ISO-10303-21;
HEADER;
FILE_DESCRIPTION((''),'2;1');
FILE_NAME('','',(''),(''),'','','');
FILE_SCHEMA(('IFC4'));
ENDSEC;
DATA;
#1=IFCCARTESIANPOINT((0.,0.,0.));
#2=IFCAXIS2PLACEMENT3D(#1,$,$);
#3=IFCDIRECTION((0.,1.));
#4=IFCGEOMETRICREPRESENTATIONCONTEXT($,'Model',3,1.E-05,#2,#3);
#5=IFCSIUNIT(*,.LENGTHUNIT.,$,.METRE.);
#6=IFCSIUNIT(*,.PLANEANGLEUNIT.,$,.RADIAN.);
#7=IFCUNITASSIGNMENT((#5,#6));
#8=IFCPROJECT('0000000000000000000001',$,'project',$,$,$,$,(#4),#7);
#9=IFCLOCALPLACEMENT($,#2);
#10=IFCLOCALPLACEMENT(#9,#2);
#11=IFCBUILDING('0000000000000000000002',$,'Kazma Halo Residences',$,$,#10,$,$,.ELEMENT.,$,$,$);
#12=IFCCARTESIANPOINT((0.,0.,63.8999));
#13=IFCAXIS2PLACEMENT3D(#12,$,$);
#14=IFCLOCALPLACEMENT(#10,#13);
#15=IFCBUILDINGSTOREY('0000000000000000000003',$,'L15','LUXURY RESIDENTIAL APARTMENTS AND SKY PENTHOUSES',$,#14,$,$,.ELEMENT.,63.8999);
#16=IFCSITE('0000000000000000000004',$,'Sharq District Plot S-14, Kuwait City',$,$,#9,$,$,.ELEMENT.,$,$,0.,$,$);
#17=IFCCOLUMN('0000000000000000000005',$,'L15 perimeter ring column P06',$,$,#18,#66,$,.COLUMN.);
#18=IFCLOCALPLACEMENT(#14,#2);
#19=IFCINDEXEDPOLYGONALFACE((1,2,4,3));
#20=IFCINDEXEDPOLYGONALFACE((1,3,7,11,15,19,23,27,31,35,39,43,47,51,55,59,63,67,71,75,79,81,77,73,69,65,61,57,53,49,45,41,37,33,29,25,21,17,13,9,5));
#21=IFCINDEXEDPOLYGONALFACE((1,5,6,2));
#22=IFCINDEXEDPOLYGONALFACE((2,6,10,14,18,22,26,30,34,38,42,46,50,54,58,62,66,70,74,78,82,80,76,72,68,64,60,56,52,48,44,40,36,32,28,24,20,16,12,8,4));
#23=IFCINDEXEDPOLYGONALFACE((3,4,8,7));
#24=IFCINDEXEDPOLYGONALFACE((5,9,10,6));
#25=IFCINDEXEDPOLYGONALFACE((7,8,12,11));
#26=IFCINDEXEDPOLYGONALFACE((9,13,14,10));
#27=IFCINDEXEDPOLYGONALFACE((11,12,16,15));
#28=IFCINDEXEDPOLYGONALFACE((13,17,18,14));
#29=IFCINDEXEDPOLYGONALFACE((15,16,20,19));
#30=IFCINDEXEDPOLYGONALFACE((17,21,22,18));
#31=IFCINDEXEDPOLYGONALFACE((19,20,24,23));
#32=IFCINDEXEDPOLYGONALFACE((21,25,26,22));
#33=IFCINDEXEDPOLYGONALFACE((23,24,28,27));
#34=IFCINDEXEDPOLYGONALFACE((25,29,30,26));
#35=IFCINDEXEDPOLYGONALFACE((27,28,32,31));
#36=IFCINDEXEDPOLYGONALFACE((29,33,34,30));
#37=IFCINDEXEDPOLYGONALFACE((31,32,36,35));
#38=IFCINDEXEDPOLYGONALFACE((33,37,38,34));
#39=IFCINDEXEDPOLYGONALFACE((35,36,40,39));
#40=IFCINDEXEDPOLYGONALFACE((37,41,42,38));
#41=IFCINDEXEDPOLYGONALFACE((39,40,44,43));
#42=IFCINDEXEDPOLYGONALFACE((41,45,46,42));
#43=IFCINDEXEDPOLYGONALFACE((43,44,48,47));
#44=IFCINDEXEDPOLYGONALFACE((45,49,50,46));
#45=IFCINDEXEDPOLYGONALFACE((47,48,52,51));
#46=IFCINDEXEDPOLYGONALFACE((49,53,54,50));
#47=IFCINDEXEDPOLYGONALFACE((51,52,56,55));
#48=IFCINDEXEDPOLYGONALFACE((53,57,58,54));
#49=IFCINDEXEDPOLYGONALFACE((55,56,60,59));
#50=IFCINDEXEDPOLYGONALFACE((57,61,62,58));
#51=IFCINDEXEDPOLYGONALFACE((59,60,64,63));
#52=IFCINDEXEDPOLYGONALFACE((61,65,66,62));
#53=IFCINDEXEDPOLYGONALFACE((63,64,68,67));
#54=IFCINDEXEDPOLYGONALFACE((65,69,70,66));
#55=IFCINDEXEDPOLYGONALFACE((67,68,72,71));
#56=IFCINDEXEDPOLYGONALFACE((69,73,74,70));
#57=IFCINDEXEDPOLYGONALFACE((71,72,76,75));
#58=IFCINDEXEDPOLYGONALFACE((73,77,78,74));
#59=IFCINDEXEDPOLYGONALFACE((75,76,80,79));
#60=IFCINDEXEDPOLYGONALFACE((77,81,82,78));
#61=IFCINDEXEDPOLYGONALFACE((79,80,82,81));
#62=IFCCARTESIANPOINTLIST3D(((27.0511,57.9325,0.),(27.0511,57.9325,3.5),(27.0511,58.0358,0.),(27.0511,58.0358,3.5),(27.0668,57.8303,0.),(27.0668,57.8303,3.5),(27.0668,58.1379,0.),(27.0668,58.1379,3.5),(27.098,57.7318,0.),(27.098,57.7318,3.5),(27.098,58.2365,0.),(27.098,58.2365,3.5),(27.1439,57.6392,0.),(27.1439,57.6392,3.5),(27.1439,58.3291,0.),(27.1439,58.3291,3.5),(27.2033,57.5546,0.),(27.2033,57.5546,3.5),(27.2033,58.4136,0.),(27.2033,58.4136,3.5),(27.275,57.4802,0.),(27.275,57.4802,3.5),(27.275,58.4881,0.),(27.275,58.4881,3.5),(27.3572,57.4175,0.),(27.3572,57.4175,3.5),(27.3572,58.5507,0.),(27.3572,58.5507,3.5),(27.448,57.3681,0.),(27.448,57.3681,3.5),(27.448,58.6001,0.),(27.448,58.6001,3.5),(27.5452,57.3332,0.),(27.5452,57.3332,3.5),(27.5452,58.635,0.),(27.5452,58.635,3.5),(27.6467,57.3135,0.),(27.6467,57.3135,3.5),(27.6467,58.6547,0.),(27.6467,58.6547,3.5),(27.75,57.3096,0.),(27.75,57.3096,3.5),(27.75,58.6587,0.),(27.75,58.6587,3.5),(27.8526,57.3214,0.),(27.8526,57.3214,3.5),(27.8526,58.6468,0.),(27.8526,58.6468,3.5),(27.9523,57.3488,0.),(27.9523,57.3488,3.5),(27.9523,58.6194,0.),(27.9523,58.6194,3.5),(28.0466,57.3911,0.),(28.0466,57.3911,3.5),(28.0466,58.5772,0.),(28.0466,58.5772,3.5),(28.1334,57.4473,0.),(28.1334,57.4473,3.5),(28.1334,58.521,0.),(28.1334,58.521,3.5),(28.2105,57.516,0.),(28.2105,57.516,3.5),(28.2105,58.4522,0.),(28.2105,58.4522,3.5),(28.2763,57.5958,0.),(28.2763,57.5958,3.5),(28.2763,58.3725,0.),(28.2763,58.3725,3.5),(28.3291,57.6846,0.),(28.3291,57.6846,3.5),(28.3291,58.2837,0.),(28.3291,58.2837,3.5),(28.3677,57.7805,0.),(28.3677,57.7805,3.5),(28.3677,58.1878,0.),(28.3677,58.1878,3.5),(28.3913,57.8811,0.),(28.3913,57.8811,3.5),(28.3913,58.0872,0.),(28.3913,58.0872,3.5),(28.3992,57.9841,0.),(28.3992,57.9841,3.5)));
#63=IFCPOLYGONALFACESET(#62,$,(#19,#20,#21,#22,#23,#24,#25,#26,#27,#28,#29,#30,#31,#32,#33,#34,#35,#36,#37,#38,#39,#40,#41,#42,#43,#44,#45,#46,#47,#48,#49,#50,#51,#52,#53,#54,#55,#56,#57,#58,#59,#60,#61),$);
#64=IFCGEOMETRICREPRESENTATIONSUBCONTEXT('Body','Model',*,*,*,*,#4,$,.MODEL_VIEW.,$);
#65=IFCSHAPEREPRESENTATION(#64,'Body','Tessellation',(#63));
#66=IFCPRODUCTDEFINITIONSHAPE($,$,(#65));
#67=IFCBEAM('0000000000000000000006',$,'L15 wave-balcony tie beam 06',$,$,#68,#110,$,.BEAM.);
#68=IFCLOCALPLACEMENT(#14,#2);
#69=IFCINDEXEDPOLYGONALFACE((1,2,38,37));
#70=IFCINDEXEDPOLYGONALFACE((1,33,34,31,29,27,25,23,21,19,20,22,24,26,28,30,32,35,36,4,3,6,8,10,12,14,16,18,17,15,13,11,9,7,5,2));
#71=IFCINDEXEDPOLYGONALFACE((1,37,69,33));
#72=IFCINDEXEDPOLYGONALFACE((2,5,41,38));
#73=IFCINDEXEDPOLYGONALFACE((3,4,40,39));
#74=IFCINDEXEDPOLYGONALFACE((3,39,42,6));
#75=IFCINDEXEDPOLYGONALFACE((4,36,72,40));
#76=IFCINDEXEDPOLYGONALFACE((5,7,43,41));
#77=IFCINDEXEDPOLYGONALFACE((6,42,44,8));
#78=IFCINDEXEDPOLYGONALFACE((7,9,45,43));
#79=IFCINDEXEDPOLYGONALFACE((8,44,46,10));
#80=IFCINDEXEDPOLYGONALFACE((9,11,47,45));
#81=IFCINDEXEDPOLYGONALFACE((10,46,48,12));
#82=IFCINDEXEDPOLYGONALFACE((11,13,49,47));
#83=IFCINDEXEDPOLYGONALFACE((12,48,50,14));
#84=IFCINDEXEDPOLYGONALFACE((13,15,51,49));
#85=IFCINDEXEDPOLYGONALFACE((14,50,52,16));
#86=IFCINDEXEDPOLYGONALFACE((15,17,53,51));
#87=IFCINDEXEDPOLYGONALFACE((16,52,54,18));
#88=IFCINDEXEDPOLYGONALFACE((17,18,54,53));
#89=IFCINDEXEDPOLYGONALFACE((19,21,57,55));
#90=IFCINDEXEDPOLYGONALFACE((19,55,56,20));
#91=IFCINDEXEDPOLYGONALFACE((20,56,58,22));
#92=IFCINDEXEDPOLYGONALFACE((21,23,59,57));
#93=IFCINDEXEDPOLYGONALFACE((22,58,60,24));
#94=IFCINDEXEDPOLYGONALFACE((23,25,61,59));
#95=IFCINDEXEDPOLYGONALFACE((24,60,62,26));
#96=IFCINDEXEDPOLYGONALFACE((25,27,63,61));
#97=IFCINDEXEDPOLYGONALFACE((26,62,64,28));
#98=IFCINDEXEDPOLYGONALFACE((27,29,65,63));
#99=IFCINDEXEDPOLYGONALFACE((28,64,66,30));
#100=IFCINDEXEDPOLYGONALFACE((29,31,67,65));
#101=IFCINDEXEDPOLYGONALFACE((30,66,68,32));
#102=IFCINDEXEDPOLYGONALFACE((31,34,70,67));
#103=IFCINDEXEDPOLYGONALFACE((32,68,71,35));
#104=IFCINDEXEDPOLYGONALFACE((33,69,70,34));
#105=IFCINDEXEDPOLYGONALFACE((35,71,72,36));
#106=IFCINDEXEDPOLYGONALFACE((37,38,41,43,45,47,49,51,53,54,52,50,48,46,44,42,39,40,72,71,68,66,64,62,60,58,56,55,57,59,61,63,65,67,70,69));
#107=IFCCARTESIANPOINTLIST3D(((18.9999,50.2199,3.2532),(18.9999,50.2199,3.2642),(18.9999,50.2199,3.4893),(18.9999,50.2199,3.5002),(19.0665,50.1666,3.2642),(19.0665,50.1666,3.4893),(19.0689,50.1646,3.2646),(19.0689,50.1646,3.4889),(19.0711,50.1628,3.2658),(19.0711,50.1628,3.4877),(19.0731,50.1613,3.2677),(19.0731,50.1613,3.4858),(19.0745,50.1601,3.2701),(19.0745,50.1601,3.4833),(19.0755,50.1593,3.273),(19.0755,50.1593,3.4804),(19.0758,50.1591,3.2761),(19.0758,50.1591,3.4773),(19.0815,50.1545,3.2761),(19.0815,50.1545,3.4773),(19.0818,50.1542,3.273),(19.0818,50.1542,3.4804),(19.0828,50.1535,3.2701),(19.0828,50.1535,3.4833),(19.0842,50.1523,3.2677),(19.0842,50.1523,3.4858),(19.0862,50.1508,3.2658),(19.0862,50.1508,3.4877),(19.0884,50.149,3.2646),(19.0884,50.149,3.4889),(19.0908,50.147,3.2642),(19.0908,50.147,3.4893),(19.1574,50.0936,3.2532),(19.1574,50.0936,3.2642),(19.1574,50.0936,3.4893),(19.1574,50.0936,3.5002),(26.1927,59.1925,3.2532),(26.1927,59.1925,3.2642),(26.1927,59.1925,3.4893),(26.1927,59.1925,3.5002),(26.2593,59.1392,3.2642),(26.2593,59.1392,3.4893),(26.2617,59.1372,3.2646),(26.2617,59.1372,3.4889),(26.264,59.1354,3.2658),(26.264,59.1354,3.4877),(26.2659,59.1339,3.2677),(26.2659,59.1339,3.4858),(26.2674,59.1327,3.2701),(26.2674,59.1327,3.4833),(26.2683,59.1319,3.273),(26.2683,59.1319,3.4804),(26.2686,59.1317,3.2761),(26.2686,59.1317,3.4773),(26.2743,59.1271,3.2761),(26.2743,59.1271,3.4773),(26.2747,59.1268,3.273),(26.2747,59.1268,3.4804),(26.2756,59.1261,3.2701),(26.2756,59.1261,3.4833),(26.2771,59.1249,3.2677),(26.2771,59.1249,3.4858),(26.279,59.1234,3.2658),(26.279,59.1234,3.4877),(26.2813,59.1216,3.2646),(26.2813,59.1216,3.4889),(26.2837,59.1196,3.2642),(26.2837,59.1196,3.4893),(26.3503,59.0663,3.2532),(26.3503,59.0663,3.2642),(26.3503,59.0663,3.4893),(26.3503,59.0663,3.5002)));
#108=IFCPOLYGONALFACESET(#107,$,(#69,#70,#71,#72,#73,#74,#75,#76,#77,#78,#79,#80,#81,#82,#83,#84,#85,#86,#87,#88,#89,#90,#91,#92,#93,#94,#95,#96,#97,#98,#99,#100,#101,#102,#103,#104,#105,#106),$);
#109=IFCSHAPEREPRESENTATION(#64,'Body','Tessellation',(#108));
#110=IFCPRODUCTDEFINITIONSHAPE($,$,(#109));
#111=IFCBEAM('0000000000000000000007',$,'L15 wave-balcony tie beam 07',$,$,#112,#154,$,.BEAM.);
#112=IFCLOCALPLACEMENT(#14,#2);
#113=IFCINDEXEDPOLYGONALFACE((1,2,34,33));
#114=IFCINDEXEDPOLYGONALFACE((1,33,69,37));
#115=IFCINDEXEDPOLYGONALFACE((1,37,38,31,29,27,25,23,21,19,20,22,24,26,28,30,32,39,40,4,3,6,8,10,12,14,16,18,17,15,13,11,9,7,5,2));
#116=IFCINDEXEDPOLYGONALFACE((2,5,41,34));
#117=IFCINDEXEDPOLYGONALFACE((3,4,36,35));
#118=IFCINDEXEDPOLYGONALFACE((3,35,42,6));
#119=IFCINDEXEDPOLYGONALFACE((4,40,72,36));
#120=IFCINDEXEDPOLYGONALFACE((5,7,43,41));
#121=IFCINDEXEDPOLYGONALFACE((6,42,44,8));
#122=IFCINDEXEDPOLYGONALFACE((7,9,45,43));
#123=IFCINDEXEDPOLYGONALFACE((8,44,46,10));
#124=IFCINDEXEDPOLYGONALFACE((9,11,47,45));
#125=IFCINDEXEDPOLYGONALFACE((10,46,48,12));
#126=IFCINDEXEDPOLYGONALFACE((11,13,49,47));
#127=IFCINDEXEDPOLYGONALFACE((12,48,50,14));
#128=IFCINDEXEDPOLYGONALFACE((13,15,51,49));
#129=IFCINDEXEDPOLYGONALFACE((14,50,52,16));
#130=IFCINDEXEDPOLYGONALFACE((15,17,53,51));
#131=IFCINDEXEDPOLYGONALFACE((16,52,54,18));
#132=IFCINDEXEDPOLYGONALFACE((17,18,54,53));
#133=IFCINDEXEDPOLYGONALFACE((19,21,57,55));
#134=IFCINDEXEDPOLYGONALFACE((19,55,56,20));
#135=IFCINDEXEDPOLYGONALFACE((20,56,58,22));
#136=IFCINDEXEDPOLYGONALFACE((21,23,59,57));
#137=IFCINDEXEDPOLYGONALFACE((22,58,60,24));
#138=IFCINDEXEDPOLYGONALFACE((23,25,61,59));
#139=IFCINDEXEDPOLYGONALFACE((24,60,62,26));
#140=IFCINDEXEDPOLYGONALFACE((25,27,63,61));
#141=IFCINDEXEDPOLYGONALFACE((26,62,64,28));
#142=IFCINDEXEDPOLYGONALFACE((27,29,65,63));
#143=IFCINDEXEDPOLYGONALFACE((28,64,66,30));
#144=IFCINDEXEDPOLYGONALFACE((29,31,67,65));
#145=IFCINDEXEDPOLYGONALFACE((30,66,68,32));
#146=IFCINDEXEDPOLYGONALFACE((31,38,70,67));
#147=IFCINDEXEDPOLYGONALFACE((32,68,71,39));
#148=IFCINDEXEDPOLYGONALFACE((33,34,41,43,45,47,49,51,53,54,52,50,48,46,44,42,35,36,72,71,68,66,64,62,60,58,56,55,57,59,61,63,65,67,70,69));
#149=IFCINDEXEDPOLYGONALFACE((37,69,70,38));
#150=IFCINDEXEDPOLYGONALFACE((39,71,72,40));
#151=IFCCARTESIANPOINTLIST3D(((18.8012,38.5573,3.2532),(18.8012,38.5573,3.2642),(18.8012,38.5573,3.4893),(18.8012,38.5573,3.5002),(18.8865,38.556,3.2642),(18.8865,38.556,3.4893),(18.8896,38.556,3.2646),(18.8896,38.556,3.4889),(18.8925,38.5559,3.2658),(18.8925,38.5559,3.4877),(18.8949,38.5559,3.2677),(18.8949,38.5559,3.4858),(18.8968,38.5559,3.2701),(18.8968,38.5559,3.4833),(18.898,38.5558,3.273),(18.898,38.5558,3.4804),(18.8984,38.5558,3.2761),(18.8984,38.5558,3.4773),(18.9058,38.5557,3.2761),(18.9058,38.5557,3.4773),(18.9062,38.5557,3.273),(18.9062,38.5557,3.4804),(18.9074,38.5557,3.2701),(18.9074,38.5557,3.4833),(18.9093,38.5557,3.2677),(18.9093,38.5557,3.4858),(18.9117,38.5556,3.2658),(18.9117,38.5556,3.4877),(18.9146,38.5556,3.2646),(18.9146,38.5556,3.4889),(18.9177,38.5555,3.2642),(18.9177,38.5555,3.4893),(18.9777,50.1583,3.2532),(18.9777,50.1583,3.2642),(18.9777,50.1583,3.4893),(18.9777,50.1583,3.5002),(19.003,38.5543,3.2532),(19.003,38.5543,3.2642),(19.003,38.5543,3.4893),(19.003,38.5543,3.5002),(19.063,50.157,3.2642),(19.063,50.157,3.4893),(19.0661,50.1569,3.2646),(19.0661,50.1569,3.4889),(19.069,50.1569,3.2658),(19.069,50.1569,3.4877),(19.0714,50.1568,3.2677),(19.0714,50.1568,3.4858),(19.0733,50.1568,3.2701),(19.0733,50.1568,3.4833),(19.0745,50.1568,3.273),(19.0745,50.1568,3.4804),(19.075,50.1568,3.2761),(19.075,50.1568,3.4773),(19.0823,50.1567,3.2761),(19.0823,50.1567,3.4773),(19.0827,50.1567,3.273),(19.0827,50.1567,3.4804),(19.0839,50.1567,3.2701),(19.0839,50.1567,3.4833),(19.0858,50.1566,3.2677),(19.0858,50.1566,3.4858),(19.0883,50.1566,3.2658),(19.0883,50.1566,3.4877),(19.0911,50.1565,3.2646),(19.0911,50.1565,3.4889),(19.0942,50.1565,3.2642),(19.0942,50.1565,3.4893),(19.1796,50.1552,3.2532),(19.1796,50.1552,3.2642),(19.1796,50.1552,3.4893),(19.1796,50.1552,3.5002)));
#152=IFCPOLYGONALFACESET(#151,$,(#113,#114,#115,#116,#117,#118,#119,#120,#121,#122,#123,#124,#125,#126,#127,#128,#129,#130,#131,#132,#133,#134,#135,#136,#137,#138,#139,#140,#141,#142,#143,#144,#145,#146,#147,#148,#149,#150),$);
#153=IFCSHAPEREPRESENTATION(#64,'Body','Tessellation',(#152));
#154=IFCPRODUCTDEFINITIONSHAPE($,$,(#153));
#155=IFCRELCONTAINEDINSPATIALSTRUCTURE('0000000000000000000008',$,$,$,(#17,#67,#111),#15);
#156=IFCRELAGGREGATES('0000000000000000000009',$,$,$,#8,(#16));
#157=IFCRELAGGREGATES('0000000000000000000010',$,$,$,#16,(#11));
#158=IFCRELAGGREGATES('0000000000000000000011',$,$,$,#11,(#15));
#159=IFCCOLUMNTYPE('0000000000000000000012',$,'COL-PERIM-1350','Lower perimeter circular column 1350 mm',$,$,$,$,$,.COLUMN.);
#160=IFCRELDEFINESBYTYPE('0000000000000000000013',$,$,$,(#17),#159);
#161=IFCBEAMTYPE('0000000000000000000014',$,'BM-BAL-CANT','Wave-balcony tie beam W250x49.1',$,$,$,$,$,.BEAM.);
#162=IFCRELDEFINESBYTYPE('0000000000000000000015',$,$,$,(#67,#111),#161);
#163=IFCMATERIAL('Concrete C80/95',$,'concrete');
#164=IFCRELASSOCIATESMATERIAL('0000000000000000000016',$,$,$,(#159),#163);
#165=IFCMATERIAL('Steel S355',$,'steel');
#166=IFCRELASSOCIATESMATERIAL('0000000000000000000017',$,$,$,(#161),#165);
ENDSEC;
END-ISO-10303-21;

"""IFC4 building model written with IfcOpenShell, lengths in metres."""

from ifc_helpers import new_model, si_unit, direction, frame, origin, origin_2d, place, context, subcontext, project, spatial, circle, i_section, extrude, material, material_profile, profile_set, type_object, element, save


model = new_model("IFC4")

# Units and contexts
model_context = context("Model", 3, precision=1e-05, world=origin(), true_north=direction((0.0, 1.0)))
body_context = subcontext(model_context, "Body", "Model", "MODEL_VIEW")
ifc_project = project(units=[si_unit("LENGTHUNIT", "METRE"), si_unit("PLANEANGLEUNIT", "RADIAN")], contexts=[model_context])

# Site, building, storey
site_placement = place(None, origin())
site = spatial("IfcSite", under=ifc_project, at=site_placement, Name="Sharq District Plot S-14, Kuwait City", CompositionType="ELEMENT", RefElevation=0.0)
building_placement = place(site_placement, origin())
building = spatial("IfcBuilding", under=site, at=building_placement, Name="Kazma Halo Residences", CompositionType="ELEMENT")
storey_placement = place(building_placement, frame((0.0, 0.0, 63.8999)))
storey = spatial("IfcBuildingStorey", under=building, at=storey_placement, Name="L15", Description="LUXURY RESIDENTIAL APARTMENTS AND SKY PENTHOUSES", CompositionType="ELEMENT", Elevation=63.8999)

# Column
ifc_material_1 = material(Name="Concrete C80/95", Category="concrete")
ifc_material_profile_1 = material_profile(ifc_material_1, circle(Radius=0.675, at=origin_2d()), Name="CIRC1350")
ifc_profile_set_1 = profile_set([ifc_material_profile_1], Name="Concrete C80/95")
column_type = type_object("IfcColumnType", Name="COL-PERIM-1350", Description="Lower perimeter circular column 1350 mm", PredefinedType="COLUMN", material=ifc_profile_set_1)
column_placement = place(storey_placement, frame((27.7241, 57.9841, 0.0), z_axis=(0.0, 0.0, 1.0), x_axis=(1.0, 0.0, 0.0)))
element("IfcColumn", 1, at=column_placement, inside=storey, type_object=column_type, Name="L15 perimeter ring column P06", PredefinedType="COLUMN", context=body_context, shape_type="SweptSolid", body=[
    extrude(circle(Radius=0.675, at=origin_2d()), origin(), (0.0, 0.0, 1.0), 3.5),
])

# Beams
ifc_material_2 = material(Name="Steel S355", Category="steel")
ifc_material_profile_2 = material_profile(ifc_material_2, i_section(OverallWidth=0.2019, OverallDepth=0.2471, WebThickness=0.0073, FlangeThickness=0.011, FilletRadius=0.012, at=origin_2d()), Name="W250x49.1")
ifc_profile_set_2 = profile_set([ifc_material_profile_2], Name="Steel S355")
beam_type_1 = type_object("IfcBeamType", Name="BM-BAL-CANT", Description="Wave-balcony tie beam W250x49.1", PredefinedType="BEAM", material=ifc_profile_set_2)
beam_1_placement = place(storey_placement, frame((26.2715, 59.1294, 3.3767), z_axis=(-0.625477, -0.780243, 0.0), x_axis=(0.780243, -0.625477, 0.0)))
element("IfcBeam", 2, at=beam_1_placement, inside=storey, type_object=beam_type_1, Name="L15 wave-balcony tie beam 06", PredefinedType="BEAM", context=body_context, shape_type="SweptSolid", body=[
    extrude(i_section(OverallWidth=0.2019, OverallDepth=0.2471, WebThickness=0.0073, FlangeThickness=0.011, FilletRadius=0.012, at=origin_2d()), origin(), (0.0, 0.0, 1.0), 11.4998),
])
beam_2_placement = place(storey_placement, frame((19.0786, 50.1567, 3.3767), z_axis=(-0.015214, -0.999884, 0.0), x_axis=(0.999884, -0.015214, 0.0)))
element("IfcBeam", 3, at=beam_2_placement, inside=storey, type_object=beam_type_1, Name="L15 wave-balcony tie beam 07", PredefinedType="BEAM", context=body_context, shape_type="SweptSolid", body=[
    extrude(i_section(OverallWidth=0.2019, OverallDepth=0.2471, WebThickness=0.0073, FlangeThickness=0.011, FilletRadius=0.012, at=origin_2d()), origin(), (0.0, 0.0, 1.0), 11.6023),
])

save(model, "model.ifc")
